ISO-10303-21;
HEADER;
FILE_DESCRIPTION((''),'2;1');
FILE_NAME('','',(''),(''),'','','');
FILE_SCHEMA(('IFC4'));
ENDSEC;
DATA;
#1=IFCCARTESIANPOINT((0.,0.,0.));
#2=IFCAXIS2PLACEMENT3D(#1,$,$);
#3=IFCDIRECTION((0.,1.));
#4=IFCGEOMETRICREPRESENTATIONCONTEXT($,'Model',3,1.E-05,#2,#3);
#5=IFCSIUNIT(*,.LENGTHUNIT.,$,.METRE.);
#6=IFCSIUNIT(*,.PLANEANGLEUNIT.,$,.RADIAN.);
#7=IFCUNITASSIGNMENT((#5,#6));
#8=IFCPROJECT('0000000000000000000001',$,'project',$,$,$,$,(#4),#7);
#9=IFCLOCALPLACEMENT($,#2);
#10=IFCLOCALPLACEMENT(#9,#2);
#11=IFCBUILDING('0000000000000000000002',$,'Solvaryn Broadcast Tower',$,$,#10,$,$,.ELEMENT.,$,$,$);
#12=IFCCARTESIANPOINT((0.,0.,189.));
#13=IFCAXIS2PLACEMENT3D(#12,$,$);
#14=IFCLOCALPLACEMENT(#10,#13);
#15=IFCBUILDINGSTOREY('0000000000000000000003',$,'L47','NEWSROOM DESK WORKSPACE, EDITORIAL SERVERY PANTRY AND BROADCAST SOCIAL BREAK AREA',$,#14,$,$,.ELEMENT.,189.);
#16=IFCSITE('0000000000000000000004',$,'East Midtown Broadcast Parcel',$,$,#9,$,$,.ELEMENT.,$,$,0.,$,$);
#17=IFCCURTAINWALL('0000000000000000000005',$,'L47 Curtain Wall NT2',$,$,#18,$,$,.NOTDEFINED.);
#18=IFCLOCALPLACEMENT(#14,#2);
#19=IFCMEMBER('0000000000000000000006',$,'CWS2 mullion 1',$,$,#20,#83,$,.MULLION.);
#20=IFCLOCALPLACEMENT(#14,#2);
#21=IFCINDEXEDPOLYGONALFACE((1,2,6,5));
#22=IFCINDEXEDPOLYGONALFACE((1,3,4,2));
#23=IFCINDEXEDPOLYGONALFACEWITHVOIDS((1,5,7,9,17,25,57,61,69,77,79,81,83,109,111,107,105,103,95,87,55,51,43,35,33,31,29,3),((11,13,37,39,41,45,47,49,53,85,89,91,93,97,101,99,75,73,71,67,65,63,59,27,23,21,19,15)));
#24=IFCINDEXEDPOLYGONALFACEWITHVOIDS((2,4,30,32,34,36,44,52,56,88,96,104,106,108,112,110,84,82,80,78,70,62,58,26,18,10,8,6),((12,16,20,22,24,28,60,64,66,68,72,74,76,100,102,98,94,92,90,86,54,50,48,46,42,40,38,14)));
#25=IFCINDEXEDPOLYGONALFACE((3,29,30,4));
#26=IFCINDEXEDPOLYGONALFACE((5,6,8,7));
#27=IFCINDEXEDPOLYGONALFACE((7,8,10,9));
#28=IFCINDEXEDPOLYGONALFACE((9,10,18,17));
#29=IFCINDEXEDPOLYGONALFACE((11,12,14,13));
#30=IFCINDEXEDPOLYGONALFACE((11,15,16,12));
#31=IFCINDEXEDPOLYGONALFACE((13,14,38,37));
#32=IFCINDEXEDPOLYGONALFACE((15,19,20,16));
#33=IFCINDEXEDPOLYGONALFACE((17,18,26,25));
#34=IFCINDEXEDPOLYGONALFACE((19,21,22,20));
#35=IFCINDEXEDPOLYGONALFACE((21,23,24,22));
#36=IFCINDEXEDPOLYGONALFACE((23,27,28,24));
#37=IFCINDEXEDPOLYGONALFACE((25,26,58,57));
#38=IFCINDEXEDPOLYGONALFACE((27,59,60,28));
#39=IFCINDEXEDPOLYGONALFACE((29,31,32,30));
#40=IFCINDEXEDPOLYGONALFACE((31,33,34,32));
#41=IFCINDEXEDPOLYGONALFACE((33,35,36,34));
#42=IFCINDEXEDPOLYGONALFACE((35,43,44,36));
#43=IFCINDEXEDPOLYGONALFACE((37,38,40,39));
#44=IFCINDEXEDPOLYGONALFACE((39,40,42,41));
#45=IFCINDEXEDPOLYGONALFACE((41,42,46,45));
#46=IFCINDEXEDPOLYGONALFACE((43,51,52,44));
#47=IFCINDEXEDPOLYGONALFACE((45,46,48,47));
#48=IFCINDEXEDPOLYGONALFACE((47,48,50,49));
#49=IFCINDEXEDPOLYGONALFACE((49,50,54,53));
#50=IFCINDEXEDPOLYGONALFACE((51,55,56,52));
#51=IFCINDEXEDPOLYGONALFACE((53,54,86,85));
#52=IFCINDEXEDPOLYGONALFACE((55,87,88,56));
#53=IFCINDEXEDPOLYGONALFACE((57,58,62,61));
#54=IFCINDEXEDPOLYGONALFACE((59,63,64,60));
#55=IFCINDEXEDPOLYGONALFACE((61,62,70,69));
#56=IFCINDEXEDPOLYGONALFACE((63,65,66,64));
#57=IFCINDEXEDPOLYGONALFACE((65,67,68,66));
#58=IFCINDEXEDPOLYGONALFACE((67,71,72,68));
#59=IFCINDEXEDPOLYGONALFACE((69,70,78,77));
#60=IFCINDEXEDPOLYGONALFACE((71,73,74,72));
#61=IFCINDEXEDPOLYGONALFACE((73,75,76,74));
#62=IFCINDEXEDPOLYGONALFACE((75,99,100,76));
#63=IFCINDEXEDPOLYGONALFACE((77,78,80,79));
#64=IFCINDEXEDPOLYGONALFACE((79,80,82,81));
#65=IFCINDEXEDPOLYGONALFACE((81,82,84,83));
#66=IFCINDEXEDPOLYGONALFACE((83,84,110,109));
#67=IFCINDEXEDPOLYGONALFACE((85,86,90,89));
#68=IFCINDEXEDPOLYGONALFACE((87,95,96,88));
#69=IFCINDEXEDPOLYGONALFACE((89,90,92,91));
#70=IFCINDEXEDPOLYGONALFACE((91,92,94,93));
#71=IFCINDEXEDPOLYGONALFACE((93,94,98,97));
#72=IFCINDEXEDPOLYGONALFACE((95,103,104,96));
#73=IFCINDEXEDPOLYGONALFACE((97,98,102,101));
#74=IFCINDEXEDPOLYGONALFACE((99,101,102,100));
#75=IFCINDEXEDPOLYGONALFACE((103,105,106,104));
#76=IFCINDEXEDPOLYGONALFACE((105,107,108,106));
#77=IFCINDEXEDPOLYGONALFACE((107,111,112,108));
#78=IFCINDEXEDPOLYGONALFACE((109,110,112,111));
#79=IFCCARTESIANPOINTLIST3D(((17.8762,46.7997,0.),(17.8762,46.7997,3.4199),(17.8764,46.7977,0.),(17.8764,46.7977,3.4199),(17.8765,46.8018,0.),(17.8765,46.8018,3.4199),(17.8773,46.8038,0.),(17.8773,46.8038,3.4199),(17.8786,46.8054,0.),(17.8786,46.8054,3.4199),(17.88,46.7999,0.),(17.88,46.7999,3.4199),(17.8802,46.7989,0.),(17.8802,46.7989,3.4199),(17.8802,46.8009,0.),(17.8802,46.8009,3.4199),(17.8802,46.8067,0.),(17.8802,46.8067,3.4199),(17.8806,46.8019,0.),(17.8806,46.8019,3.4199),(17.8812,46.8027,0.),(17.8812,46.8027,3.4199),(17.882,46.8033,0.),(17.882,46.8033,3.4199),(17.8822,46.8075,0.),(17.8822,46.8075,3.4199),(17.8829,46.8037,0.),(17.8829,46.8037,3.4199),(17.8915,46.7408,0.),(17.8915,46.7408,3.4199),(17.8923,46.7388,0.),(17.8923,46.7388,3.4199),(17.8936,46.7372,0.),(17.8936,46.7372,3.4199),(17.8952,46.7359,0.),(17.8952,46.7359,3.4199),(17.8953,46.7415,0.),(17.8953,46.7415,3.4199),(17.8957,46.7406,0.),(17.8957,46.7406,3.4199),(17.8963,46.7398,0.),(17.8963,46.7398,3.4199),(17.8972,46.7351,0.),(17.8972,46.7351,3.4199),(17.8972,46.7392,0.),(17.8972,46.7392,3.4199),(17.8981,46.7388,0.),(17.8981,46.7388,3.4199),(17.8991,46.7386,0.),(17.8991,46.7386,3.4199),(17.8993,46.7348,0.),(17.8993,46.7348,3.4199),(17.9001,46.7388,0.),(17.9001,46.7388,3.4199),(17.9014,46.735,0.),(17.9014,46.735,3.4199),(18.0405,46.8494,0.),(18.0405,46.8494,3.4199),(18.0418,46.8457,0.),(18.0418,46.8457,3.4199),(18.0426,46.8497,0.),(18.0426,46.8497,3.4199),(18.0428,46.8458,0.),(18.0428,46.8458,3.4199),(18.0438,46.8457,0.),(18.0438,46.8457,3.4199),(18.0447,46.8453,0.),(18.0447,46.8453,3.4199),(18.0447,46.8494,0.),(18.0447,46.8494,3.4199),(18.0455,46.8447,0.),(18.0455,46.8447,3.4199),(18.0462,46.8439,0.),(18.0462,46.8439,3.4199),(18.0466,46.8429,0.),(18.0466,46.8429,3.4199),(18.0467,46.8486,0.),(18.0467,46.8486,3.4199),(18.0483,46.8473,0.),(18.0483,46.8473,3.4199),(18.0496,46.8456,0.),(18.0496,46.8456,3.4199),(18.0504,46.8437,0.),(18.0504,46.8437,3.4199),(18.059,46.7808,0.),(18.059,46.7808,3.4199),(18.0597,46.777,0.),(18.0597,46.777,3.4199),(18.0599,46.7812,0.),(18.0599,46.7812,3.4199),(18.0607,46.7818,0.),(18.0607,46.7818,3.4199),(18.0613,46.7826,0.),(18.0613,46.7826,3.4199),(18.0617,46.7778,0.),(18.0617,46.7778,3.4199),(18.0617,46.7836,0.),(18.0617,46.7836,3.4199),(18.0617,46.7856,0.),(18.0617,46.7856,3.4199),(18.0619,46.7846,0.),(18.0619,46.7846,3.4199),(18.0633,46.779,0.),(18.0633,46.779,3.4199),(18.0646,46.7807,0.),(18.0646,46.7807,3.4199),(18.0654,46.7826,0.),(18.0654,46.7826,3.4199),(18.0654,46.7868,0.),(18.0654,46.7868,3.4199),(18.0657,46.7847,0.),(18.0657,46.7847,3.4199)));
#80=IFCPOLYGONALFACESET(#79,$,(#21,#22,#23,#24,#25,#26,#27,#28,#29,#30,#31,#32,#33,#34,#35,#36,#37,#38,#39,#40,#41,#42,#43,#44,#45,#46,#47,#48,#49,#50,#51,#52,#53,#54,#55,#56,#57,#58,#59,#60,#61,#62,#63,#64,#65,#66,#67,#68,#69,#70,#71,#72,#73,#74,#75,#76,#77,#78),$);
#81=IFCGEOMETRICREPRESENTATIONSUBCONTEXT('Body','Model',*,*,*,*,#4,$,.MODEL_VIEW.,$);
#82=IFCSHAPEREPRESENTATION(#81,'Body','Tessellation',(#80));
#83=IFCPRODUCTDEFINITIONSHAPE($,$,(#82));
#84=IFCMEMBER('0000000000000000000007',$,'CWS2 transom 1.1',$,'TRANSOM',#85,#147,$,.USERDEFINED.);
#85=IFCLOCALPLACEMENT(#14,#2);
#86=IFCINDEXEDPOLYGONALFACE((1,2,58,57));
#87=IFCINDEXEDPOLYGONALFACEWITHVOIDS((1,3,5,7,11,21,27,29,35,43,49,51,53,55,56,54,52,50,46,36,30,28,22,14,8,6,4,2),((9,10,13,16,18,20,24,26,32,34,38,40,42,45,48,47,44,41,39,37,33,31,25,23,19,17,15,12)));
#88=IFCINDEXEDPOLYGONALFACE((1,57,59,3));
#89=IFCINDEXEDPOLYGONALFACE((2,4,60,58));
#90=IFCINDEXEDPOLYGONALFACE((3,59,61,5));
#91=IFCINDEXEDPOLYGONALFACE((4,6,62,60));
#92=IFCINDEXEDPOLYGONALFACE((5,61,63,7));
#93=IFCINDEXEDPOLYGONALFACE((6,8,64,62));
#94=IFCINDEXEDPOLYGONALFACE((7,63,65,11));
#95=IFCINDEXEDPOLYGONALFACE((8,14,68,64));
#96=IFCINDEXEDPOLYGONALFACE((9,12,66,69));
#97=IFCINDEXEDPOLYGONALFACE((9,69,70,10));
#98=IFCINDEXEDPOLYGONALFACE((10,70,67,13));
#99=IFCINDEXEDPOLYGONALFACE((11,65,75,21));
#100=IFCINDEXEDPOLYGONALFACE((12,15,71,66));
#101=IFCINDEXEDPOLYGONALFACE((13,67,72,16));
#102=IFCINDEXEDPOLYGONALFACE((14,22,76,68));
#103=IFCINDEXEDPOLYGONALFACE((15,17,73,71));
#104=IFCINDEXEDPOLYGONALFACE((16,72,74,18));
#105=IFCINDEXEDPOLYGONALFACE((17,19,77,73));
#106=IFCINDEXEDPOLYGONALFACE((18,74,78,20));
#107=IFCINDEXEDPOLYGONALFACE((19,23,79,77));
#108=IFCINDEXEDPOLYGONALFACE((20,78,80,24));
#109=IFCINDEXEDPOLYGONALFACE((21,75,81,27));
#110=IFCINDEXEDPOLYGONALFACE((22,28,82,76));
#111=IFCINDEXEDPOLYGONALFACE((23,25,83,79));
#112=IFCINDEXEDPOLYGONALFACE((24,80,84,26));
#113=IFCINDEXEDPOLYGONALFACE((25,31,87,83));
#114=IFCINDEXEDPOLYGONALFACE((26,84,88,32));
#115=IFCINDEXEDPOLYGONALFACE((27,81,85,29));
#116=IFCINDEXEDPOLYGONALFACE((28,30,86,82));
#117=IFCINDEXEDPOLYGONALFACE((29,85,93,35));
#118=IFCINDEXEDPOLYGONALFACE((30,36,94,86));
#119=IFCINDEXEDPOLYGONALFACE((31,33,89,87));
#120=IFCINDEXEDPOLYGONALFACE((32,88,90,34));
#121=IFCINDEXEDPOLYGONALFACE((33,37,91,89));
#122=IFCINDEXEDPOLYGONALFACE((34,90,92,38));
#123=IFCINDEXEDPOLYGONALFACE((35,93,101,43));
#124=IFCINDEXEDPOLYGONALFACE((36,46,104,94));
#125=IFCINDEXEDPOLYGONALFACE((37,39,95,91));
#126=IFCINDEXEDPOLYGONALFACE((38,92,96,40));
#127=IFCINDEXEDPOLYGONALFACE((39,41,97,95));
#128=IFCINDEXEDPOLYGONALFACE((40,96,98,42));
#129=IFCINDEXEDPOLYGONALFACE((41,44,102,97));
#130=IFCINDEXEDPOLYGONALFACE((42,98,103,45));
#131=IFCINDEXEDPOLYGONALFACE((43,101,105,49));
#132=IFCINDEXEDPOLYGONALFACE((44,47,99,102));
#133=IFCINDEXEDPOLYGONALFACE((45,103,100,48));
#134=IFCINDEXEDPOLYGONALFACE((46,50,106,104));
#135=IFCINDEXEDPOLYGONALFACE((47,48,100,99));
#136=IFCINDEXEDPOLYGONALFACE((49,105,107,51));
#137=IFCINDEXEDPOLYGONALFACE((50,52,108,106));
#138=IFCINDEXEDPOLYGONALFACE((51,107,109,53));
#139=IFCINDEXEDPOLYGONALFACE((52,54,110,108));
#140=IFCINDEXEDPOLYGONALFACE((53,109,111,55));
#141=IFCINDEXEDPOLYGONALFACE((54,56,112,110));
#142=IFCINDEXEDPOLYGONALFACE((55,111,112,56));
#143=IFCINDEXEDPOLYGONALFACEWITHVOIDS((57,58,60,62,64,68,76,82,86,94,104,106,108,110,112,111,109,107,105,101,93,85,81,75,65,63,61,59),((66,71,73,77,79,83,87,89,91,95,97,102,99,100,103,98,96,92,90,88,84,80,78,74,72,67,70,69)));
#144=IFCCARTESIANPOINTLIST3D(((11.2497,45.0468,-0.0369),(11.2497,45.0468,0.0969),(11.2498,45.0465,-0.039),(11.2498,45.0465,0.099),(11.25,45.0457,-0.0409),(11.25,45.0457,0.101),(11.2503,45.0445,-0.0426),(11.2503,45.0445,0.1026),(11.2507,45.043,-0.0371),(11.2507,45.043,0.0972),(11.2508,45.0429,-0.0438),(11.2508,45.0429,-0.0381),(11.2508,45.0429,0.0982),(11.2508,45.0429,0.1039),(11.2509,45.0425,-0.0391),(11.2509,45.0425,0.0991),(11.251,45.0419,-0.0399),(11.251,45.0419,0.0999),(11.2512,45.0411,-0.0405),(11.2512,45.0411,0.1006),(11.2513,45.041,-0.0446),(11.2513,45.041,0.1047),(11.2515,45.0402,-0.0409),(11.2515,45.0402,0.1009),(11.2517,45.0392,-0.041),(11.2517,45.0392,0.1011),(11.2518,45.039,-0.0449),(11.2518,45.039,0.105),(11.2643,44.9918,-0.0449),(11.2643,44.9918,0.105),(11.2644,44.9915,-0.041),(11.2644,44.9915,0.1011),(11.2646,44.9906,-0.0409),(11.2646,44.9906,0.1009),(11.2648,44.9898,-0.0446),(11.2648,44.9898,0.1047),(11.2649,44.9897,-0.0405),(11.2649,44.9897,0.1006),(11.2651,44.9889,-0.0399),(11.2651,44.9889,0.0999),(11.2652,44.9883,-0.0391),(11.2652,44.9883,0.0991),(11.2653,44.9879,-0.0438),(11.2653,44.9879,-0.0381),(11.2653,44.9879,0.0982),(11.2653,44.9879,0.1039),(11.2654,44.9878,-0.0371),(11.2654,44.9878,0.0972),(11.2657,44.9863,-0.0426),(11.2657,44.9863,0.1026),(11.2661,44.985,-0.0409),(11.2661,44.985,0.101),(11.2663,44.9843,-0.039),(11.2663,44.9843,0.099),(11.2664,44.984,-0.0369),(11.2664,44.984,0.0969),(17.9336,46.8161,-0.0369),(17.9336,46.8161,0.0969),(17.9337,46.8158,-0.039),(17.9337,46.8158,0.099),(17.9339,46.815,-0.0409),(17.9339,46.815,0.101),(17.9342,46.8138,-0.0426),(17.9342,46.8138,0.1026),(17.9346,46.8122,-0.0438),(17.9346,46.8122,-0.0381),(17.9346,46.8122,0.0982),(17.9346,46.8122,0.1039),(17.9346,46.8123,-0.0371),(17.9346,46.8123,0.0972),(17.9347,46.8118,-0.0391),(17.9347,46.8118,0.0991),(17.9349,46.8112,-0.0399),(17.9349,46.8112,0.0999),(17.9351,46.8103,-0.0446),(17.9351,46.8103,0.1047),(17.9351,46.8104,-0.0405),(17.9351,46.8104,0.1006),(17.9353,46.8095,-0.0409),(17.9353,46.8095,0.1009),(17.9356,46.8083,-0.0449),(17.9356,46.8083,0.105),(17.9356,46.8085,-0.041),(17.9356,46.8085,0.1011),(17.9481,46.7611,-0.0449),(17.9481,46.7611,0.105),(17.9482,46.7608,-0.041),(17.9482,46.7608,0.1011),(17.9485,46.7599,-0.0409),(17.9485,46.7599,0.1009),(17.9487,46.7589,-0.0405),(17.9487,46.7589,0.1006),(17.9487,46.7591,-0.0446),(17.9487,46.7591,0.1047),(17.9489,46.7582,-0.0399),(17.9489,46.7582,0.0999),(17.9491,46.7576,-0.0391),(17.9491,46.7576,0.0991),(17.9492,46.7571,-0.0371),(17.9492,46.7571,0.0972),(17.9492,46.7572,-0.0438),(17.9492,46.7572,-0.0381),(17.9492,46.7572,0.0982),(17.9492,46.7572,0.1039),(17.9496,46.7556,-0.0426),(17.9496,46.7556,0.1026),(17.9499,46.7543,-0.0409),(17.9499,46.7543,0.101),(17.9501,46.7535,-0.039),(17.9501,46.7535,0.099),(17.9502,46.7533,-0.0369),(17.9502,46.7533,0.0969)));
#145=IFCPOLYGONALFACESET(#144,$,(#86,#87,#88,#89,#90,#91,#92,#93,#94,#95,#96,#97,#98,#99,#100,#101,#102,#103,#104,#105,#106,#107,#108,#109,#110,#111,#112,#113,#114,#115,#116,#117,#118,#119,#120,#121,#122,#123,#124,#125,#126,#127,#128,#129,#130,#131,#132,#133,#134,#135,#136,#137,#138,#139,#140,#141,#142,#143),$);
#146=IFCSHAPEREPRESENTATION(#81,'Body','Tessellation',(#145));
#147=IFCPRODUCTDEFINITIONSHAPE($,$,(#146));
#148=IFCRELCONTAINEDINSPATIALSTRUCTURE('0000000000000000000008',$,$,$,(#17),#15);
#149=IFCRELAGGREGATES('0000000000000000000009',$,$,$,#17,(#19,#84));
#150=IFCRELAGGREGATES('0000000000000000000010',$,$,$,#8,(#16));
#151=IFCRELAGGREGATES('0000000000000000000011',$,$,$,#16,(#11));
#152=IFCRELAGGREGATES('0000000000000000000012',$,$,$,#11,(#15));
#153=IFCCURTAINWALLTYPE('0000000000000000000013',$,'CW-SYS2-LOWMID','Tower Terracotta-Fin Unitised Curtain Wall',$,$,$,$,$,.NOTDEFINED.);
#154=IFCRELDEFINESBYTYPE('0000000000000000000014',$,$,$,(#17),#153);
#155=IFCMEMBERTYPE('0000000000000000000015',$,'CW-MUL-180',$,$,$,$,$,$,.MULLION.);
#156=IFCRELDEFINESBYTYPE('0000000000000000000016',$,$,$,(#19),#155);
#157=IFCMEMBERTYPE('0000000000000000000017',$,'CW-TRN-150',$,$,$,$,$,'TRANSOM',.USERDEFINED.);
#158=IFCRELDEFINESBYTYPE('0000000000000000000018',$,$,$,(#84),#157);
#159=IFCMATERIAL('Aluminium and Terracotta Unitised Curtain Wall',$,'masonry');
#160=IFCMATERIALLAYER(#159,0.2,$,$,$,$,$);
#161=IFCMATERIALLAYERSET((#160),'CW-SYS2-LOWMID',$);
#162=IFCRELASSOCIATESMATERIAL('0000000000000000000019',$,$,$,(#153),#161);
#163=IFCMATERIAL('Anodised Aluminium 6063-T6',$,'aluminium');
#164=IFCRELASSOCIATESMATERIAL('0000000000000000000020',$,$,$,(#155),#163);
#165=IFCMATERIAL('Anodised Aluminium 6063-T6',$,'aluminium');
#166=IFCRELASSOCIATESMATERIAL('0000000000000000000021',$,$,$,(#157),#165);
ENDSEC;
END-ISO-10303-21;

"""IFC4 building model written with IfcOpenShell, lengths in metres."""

from ifc_helpers import new_model, si_unit, direction, frame, origin, origin_2d, place, context, subcontext, project, spatial, hollow_rectangle, extrude, material, layer, layer_set, material_profile, profile_set, type_object, element, aggregate, save


model = new_model("IFC4")

# Units and contexts
model_context = context("Model", 3, precision=1e-05, world=origin(), true_north=direction((0.0, 1.0)))
body_context = subcontext(model_context, "Body", "Model", "MODEL_VIEW")
ifc_project = project(units=[si_unit("LENGTHUNIT", "METRE"), si_unit("PLANEANGLEUNIT", "RADIAN")], contexts=[model_context])

# Site, building, storey
site_placement = place(None, origin())
site = spatial("IfcSite", under=ifc_project, at=site_placement, Name="East Midtown Broadcast Parcel", CompositionType="ELEMENT", RefElevation=0.0)
building_placement = place(site_placement, origin())
building = spatial("IfcBuilding", under=site, at=building_placement, Name="Solvaryn Broadcast Tower", CompositionType="ELEMENT")
storey_placement = place(building_placement, frame((0.0, 0.0, 189.0)))
storey = spatial("IfcBuildingStorey", under=building, at=storey_placement, Name="L47", Description="NEWSROOM DESK WORKSPACE, EDITORIAL SERVERY PANTRY AND BROADCAST SOCIAL BREAK AREA", CompositionType="ELEMENT", Elevation=189.0)

# Shared definitions
ifc_material_1 = material(Name="Aluminium and Terracotta Unitised Curtain Wall", Category="masonry")
ifc_layer_1 = layer(ifc_material_1, 0.2)
ifc_layer_set_1 = layer_set([ifc_layer_1], Name="CW-SYS2-LOWMID")
curtain_wall_type = type_object("IfcCurtainWallType", Name="CW-SYS2-LOWMID", Description="Tower Terracotta-Fin Unitised Curtain Wall", PredefinedType="NOTDEFINED", material=ifc_layer_set_1)
ifc_material_2 = material(Name="Anodised Aluminium 6063-T6", Category="aluminium")
ifc_material_profile_1 = material_profile(ifc_material_2, hollow_rectangle(XDim=0.075, YDim=0.1799, WallThickness=0.0039, InnerFilletRadius=0.0039, OuterFilletRadius=0.0081, at=origin_2d()))
ifc_profile_set_1 = profile_set([ifc_material_profile_1], Name="Anodised Aluminium 6063-T6")
member_type_1 = type_object("IfcMemberType", Name="CW-MUL-180", PredefinedType="MULLION", material=ifc_profile_set_1)

# Curtain wall, members
curtain_wall_1_placement = place(storey_placement, origin())
curtain_wall_1 = element("IfcCurtainWall", 1, at=curtain_wall_1_placement, inside=storey, type_object=curtain_wall_type, Name="L47 Curtain Wall NT2", PredefinedType="NOTDEFINED")
member_1_placement = place(storey_placement, frame((17.9709, 46.7922, 0.0), z_axis=(0.0, 0.0, 1.0), x_axis=(0.255893, -0.966705, 0.0)))
member_1 = element("IfcMember", 2, at=member_1_placement, type_object=member_type_1, Name="CWS2 mullion 1", PredefinedType="MULLION", context=body_context, shape_type="SweptSolid", body=[
    extrude(hollow_rectangle(XDim=0.075, YDim=0.1799, WallThickness=0.0039, InnerFilletRadius=0.0039, OuterFilletRadius=0.0081, at=origin_2d()), origin(), (0.0, 0.0, 1.0), 3.4199),
])
ifc_material_3 = material(Name="Anodised Aluminium 6063-T6", Category="aluminium")
ifc_material_profile_2 = material_profile(ifc_material_3, hollow_rectangle(XDim=0.0649, YDim=0.1499, WallThickness=0.0039, InnerFilletRadius=0.0039, OuterFilletRadius=0.0081, at=origin_2d()))
ifc_profile_set_2 = profile_set([ifc_material_profile_2], Name="Anodised Aluminium 6063-T6")
member_type_2 = type_object("IfcMemberType", Name="CW-TRN-150", ElementType="TRANSOM", PredefinedType="USERDEFINED", material=ifc_profile_set_2)
member_2_placement = place(storey_placement, frame((17.9419, 46.7847, 0.03), z_axis=(-0.966704, -0.255897, 0.0), x_axis=(0.255897, -0.966704, 0.0)))
member_2 = element("IfcMember", 3, at=member_2_placement, type_object=member_type_2, Name="CWS2 transom 1.1", ObjectType="TRANSOM", PredefinedType="USERDEFINED", context=body_context, shape_type="SweptSolid", body=[
    extrude(hollow_rectangle(XDim=0.0649, YDim=0.1499, WallThickness=0.0039, InnerFilletRadius=0.0039, OuterFilletRadius=0.0081, at=origin_2d()), origin(), (0.0, 0.0, 1.0), 6.9141),
])
aggregate(curtain_wall_1, [member_1, member_2])

save(model, "model.ifc")
